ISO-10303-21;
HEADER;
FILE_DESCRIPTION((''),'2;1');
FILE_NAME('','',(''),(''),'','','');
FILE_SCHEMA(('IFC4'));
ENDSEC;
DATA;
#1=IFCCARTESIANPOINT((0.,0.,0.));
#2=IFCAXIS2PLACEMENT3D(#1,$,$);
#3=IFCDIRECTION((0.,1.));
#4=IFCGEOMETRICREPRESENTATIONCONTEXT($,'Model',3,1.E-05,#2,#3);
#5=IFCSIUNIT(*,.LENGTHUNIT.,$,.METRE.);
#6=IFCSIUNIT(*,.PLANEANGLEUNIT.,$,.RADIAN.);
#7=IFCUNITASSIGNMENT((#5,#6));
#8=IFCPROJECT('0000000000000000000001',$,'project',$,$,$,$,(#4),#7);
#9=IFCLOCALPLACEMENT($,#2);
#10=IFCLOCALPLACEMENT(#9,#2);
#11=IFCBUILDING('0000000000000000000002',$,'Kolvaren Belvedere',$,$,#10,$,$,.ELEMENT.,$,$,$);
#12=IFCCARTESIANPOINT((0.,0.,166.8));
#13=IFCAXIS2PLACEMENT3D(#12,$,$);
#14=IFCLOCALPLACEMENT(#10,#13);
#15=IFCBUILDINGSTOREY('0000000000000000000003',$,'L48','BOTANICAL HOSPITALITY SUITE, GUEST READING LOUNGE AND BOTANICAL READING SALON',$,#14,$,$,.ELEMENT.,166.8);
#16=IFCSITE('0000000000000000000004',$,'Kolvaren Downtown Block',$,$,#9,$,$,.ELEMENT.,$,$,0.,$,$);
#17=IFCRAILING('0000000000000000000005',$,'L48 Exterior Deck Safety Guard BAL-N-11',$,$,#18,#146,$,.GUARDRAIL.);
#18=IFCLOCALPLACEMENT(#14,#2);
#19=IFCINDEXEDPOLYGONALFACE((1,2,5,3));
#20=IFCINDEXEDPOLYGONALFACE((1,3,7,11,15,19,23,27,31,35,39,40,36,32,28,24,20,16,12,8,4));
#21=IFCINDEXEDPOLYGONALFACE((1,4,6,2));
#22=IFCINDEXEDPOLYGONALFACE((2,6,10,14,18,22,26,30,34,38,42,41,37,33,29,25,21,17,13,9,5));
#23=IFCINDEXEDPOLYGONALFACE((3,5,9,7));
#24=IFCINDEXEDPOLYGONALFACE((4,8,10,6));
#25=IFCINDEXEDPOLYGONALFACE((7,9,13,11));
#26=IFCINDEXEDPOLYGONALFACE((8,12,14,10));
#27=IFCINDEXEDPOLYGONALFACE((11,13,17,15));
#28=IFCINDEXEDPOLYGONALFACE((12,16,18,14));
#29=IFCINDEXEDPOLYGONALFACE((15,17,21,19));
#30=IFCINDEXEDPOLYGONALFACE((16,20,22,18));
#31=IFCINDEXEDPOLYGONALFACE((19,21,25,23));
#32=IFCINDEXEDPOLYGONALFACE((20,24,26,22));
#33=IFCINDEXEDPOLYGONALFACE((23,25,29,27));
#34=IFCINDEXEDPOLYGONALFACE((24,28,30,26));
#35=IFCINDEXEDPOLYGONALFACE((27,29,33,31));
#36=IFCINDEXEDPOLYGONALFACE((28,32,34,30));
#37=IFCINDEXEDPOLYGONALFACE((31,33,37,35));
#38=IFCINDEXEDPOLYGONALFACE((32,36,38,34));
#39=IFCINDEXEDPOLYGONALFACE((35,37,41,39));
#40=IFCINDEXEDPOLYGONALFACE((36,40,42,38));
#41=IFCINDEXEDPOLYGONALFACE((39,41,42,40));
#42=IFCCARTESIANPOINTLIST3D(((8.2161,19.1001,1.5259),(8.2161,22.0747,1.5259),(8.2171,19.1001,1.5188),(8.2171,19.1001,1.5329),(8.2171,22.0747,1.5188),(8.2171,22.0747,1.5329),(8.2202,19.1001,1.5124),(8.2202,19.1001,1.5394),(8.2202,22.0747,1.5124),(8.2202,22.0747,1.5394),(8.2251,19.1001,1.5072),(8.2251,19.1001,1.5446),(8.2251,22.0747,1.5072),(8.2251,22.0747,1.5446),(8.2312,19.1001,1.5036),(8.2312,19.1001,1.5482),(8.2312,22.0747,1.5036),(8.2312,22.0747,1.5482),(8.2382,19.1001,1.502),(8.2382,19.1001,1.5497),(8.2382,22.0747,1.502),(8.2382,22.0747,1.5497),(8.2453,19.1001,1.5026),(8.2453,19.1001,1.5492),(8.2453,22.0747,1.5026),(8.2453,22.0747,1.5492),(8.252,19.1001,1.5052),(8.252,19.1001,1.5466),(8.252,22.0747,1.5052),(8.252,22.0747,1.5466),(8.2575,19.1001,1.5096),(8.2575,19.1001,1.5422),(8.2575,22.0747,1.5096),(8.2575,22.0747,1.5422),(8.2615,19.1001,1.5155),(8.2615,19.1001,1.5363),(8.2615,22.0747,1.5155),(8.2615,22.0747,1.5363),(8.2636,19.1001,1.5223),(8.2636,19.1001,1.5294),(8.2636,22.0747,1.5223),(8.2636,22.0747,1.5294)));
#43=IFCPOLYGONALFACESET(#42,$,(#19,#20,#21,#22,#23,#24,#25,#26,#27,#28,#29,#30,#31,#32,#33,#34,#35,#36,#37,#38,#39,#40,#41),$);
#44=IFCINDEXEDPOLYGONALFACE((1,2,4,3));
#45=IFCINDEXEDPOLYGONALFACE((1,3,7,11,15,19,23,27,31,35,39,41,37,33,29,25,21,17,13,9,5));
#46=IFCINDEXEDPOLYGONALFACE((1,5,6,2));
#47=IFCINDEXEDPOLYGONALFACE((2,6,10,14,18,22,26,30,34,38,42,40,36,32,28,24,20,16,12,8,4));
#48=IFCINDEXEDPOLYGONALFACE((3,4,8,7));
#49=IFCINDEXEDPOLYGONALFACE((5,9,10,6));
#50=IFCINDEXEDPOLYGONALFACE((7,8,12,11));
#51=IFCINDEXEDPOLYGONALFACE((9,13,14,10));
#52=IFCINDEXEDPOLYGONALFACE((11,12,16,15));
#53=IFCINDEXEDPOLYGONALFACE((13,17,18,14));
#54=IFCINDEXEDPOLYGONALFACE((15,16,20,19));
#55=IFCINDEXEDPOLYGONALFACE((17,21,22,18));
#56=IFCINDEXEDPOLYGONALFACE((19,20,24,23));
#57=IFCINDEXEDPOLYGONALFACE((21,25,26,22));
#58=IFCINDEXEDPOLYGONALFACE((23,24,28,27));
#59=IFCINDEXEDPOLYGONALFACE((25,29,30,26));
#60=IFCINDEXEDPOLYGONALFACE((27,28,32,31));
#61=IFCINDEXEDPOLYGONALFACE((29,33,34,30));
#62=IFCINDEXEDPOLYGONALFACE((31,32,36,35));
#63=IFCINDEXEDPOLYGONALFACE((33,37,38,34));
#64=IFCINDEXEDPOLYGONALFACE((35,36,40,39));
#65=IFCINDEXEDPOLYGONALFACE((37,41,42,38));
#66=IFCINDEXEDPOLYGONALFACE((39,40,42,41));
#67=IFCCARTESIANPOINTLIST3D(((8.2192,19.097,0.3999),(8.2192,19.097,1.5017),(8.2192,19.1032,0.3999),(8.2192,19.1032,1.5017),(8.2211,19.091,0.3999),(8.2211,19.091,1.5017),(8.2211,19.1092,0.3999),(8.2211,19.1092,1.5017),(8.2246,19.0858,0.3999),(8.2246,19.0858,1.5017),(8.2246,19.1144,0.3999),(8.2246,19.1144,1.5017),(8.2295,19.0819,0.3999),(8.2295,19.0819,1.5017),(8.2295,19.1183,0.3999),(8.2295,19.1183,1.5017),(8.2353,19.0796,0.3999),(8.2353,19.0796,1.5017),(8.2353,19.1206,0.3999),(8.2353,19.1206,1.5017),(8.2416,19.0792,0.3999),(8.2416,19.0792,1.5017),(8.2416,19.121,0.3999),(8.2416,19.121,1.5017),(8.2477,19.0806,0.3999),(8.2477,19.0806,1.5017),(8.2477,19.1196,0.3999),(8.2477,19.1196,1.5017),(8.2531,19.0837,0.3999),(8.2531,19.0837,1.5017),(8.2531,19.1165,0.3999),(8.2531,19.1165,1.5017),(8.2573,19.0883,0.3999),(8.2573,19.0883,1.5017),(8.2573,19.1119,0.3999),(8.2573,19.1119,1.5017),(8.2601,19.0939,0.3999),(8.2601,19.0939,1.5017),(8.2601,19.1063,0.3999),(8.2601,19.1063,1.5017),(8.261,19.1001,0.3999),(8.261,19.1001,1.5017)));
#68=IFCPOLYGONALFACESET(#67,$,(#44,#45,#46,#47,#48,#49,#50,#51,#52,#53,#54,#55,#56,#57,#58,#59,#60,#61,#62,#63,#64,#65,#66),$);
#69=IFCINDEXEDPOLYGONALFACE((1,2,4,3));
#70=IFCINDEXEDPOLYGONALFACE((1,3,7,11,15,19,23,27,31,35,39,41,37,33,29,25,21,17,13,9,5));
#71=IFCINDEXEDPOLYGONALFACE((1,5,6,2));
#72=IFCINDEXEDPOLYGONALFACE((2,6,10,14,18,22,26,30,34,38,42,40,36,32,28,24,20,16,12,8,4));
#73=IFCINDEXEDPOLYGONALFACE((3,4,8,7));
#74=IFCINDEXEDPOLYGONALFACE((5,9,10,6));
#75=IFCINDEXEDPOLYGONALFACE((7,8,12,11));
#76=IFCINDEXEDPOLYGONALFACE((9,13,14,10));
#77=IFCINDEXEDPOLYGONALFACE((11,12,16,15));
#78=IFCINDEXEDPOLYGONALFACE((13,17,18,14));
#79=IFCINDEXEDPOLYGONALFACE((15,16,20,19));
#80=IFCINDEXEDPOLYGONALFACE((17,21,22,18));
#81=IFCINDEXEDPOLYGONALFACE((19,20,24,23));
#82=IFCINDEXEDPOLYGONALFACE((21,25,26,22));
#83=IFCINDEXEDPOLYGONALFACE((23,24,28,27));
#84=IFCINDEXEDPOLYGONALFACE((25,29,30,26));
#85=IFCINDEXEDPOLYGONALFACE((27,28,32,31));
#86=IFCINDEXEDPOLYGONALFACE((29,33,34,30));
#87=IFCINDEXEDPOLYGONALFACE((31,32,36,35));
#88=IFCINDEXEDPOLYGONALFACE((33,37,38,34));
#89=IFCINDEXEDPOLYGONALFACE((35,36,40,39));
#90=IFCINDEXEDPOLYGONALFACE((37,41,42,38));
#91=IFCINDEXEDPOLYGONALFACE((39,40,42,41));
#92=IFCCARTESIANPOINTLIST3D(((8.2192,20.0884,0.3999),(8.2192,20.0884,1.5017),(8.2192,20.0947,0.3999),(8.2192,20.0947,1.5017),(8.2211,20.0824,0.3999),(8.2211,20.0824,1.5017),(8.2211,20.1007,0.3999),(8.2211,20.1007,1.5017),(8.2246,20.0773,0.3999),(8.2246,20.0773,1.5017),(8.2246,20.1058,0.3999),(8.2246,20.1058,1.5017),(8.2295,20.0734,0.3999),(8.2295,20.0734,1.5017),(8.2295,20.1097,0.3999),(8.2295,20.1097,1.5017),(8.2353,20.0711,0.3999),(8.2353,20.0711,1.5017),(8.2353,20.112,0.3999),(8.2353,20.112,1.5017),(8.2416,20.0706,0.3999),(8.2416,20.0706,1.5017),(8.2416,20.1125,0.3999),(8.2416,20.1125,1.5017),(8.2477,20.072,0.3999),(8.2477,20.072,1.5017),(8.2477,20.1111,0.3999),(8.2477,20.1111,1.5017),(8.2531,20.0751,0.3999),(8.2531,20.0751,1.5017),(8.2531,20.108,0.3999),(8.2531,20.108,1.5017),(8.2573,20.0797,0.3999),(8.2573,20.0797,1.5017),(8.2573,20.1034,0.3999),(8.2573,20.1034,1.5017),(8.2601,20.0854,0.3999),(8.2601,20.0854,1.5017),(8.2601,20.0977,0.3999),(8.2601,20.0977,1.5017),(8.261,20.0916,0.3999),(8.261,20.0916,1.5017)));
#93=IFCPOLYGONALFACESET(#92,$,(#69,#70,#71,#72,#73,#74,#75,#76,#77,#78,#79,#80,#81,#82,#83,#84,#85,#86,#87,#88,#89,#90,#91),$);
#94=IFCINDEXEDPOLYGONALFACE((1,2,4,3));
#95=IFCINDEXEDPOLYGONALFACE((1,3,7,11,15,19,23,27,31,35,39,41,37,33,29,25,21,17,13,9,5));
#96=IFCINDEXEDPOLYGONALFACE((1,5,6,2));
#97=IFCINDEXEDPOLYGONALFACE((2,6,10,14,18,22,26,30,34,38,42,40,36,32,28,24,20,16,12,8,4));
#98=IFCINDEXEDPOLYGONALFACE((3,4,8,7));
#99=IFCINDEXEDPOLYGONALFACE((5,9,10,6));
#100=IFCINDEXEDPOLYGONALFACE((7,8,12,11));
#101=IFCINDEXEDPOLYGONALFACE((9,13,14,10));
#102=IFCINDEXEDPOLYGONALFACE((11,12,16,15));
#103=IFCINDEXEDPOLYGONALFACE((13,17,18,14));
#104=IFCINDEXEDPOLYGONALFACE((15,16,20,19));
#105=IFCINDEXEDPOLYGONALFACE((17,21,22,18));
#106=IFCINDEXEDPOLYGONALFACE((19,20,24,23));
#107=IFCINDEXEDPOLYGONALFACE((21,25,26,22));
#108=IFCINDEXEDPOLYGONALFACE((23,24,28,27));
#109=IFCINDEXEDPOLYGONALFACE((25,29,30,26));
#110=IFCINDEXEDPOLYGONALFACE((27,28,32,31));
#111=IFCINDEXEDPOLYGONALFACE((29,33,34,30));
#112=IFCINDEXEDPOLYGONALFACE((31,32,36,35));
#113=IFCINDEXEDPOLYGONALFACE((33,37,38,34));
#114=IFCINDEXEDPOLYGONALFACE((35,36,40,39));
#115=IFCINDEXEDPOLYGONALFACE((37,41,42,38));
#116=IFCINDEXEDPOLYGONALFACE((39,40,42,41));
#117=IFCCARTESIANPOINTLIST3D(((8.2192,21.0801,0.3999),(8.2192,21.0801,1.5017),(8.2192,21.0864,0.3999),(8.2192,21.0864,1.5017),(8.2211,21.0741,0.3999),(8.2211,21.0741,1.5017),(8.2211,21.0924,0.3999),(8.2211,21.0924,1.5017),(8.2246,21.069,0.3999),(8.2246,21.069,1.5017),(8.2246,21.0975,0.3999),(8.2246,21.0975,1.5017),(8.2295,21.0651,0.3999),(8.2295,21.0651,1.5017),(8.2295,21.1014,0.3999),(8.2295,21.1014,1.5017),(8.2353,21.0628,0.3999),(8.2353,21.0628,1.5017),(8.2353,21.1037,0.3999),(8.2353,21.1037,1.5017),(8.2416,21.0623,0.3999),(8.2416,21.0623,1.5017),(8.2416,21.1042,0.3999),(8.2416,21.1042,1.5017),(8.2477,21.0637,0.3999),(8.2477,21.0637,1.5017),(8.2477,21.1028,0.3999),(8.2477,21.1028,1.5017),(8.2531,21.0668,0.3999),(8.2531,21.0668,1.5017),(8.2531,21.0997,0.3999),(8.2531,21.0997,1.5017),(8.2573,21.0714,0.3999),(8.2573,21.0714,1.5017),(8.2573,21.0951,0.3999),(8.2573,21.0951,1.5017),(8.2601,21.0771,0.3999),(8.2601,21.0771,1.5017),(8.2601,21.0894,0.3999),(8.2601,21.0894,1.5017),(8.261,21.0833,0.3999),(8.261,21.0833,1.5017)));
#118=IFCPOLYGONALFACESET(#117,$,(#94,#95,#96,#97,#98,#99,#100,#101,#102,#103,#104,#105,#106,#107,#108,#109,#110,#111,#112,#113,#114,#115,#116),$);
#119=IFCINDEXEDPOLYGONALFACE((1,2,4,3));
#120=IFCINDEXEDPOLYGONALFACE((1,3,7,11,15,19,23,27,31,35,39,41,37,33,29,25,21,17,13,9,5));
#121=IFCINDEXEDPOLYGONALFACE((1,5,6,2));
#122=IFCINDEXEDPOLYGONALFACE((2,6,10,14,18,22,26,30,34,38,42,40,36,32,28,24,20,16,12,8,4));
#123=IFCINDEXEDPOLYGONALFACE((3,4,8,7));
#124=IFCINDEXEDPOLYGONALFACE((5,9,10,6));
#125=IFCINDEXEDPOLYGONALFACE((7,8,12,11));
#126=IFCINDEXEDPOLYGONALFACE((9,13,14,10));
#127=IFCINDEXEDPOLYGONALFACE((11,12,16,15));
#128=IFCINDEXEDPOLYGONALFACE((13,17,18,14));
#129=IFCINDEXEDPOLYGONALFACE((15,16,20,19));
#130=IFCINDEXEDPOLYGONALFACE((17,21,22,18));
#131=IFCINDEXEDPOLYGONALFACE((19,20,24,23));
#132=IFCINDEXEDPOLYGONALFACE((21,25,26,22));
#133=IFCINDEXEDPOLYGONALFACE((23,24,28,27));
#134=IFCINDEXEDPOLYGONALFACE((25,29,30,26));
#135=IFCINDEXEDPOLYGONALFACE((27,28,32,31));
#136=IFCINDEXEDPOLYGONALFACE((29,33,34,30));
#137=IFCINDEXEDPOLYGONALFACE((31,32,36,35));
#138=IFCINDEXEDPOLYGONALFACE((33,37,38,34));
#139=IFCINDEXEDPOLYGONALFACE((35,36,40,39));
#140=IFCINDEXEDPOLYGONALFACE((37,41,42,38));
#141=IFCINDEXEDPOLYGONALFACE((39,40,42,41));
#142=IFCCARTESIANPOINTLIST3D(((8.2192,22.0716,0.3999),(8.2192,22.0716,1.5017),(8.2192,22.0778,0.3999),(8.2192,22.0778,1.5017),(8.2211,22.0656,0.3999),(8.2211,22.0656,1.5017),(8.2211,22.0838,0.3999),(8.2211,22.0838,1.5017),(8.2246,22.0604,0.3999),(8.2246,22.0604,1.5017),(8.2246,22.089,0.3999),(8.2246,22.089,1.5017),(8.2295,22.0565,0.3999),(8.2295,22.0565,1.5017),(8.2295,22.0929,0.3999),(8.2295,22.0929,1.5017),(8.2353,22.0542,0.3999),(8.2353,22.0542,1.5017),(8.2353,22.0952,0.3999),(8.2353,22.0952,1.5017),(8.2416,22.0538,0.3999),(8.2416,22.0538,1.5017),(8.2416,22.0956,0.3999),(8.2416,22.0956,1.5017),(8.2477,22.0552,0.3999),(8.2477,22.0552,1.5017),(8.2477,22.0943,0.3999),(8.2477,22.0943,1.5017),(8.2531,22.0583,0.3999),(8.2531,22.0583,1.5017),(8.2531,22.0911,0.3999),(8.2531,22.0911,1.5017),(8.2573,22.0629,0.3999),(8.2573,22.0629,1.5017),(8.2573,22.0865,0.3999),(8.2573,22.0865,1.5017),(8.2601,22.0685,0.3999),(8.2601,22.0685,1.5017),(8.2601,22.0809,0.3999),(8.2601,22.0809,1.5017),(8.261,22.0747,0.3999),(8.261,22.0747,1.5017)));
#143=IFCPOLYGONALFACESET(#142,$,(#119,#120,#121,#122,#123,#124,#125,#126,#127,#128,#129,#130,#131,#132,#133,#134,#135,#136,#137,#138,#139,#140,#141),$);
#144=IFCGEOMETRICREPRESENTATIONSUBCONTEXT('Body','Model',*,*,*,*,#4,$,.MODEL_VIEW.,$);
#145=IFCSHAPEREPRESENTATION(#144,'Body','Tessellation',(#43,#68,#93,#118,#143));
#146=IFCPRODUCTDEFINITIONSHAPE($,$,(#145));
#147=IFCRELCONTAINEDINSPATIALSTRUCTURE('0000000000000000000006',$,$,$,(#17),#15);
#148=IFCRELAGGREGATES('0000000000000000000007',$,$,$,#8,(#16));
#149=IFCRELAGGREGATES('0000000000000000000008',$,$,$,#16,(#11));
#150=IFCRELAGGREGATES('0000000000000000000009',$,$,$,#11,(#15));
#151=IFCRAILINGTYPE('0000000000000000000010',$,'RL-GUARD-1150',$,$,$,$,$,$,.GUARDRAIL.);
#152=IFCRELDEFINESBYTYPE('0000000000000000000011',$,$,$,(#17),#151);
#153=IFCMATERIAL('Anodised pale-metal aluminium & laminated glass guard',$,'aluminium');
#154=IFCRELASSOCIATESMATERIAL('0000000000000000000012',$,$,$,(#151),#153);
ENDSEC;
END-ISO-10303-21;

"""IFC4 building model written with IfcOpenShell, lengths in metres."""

from ifc_helpers import new_model, si_unit, direction, frame, origin, origin_2d, place, context, subcontext, project, spatial, circle, extrude, material, type_object, element, save


model = new_model("IFC4")

# Units and contexts
model_context = context("Model", 3, precision=1e-05, world=origin(), true_north=direction((0.0, 1.0)))
body_context = subcontext(model_context, "Body", "Model", "MODEL_VIEW")
ifc_project = project(units=[si_unit("LENGTHUNIT", "METRE"), si_unit("PLANEANGLEUNIT", "RADIAN")], contexts=[model_context])

# Site, building, storey
site_placement = place(None, origin())
site = spatial("IfcSite", under=ifc_project, at=site_placement, Name="Kolvaren Downtown Block", CompositionType="ELEMENT", RefElevation=0.0)
building_placement = place(site_placement, origin())
building = spatial("IfcBuilding", under=site, at=building_placement, Name="Kolvaren Belvedere", CompositionType="ELEMENT")
storey_placement = place(building_placement, frame((0.0, 0.0, 166.8)))
storey = spatial("IfcBuildingStorey", under=building, at=storey_placement, Name="L48", Description="BOTANICAL HOSPITALITY SUITE, GUEST READING LOUNGE AND BOTANICAL READING SALON", CompositionType="ELEMENT", Elevation=166.8)

# Railing
ifc_material_1 = material(Name="Anodised pale-metal aluminium & laminated glass guard", Category="aluminium")
railing_type = type_object("IfcRailingType", Name="RL-GUARD-1150", PredefinedType="GUARDRAIL", material=ifc_material_1)
railing_1_placement = place(storey_placement, frame((8.24, 19.1001, 0.3999)))
element("IfcRailing", 1, at=railing_1_placement, inside=storey, type_object=railing_type, Name="L48 Exterior Deck Safety Guard BAL-N-11", PredefinedType="GUARDRAIL", context=body_context, shape_type="SweptSolid", body=[
    extrude(circle(Radius=0.0239, at=origin_2d()), frame((0.0, 0.0, 1.126), z_axis=(0.0, 1.0, 0.0), x_axis=(-1.0, 0.0, 0.0)), (0.0, 0.0, 1.0), 2.9746),
    extrude(circle(Radius=0.021, at=origin_2d()), origin(), (0.0, 0.0, 1.0), 1.1018),
    extrude(circle(Radius=0.021, at=origin_2d()), frame((0.0, 0.9915, 0.0)), (0.0, 0.0, 1.0), 1.1018),
    extrude(circle(Radius=0.021, at=origin_2d()), frame((0.0, 1.9832, 0.0)), (0.0, 0.0, 1.0), 1.1018),
    extrude(circle(Radius=0.021, at=origin_2d()), frame((0.0, 2.9746, 0.0)), (0.0, 0.0, 1.0), 1.1018),
])

save(model, "model.ifc")
